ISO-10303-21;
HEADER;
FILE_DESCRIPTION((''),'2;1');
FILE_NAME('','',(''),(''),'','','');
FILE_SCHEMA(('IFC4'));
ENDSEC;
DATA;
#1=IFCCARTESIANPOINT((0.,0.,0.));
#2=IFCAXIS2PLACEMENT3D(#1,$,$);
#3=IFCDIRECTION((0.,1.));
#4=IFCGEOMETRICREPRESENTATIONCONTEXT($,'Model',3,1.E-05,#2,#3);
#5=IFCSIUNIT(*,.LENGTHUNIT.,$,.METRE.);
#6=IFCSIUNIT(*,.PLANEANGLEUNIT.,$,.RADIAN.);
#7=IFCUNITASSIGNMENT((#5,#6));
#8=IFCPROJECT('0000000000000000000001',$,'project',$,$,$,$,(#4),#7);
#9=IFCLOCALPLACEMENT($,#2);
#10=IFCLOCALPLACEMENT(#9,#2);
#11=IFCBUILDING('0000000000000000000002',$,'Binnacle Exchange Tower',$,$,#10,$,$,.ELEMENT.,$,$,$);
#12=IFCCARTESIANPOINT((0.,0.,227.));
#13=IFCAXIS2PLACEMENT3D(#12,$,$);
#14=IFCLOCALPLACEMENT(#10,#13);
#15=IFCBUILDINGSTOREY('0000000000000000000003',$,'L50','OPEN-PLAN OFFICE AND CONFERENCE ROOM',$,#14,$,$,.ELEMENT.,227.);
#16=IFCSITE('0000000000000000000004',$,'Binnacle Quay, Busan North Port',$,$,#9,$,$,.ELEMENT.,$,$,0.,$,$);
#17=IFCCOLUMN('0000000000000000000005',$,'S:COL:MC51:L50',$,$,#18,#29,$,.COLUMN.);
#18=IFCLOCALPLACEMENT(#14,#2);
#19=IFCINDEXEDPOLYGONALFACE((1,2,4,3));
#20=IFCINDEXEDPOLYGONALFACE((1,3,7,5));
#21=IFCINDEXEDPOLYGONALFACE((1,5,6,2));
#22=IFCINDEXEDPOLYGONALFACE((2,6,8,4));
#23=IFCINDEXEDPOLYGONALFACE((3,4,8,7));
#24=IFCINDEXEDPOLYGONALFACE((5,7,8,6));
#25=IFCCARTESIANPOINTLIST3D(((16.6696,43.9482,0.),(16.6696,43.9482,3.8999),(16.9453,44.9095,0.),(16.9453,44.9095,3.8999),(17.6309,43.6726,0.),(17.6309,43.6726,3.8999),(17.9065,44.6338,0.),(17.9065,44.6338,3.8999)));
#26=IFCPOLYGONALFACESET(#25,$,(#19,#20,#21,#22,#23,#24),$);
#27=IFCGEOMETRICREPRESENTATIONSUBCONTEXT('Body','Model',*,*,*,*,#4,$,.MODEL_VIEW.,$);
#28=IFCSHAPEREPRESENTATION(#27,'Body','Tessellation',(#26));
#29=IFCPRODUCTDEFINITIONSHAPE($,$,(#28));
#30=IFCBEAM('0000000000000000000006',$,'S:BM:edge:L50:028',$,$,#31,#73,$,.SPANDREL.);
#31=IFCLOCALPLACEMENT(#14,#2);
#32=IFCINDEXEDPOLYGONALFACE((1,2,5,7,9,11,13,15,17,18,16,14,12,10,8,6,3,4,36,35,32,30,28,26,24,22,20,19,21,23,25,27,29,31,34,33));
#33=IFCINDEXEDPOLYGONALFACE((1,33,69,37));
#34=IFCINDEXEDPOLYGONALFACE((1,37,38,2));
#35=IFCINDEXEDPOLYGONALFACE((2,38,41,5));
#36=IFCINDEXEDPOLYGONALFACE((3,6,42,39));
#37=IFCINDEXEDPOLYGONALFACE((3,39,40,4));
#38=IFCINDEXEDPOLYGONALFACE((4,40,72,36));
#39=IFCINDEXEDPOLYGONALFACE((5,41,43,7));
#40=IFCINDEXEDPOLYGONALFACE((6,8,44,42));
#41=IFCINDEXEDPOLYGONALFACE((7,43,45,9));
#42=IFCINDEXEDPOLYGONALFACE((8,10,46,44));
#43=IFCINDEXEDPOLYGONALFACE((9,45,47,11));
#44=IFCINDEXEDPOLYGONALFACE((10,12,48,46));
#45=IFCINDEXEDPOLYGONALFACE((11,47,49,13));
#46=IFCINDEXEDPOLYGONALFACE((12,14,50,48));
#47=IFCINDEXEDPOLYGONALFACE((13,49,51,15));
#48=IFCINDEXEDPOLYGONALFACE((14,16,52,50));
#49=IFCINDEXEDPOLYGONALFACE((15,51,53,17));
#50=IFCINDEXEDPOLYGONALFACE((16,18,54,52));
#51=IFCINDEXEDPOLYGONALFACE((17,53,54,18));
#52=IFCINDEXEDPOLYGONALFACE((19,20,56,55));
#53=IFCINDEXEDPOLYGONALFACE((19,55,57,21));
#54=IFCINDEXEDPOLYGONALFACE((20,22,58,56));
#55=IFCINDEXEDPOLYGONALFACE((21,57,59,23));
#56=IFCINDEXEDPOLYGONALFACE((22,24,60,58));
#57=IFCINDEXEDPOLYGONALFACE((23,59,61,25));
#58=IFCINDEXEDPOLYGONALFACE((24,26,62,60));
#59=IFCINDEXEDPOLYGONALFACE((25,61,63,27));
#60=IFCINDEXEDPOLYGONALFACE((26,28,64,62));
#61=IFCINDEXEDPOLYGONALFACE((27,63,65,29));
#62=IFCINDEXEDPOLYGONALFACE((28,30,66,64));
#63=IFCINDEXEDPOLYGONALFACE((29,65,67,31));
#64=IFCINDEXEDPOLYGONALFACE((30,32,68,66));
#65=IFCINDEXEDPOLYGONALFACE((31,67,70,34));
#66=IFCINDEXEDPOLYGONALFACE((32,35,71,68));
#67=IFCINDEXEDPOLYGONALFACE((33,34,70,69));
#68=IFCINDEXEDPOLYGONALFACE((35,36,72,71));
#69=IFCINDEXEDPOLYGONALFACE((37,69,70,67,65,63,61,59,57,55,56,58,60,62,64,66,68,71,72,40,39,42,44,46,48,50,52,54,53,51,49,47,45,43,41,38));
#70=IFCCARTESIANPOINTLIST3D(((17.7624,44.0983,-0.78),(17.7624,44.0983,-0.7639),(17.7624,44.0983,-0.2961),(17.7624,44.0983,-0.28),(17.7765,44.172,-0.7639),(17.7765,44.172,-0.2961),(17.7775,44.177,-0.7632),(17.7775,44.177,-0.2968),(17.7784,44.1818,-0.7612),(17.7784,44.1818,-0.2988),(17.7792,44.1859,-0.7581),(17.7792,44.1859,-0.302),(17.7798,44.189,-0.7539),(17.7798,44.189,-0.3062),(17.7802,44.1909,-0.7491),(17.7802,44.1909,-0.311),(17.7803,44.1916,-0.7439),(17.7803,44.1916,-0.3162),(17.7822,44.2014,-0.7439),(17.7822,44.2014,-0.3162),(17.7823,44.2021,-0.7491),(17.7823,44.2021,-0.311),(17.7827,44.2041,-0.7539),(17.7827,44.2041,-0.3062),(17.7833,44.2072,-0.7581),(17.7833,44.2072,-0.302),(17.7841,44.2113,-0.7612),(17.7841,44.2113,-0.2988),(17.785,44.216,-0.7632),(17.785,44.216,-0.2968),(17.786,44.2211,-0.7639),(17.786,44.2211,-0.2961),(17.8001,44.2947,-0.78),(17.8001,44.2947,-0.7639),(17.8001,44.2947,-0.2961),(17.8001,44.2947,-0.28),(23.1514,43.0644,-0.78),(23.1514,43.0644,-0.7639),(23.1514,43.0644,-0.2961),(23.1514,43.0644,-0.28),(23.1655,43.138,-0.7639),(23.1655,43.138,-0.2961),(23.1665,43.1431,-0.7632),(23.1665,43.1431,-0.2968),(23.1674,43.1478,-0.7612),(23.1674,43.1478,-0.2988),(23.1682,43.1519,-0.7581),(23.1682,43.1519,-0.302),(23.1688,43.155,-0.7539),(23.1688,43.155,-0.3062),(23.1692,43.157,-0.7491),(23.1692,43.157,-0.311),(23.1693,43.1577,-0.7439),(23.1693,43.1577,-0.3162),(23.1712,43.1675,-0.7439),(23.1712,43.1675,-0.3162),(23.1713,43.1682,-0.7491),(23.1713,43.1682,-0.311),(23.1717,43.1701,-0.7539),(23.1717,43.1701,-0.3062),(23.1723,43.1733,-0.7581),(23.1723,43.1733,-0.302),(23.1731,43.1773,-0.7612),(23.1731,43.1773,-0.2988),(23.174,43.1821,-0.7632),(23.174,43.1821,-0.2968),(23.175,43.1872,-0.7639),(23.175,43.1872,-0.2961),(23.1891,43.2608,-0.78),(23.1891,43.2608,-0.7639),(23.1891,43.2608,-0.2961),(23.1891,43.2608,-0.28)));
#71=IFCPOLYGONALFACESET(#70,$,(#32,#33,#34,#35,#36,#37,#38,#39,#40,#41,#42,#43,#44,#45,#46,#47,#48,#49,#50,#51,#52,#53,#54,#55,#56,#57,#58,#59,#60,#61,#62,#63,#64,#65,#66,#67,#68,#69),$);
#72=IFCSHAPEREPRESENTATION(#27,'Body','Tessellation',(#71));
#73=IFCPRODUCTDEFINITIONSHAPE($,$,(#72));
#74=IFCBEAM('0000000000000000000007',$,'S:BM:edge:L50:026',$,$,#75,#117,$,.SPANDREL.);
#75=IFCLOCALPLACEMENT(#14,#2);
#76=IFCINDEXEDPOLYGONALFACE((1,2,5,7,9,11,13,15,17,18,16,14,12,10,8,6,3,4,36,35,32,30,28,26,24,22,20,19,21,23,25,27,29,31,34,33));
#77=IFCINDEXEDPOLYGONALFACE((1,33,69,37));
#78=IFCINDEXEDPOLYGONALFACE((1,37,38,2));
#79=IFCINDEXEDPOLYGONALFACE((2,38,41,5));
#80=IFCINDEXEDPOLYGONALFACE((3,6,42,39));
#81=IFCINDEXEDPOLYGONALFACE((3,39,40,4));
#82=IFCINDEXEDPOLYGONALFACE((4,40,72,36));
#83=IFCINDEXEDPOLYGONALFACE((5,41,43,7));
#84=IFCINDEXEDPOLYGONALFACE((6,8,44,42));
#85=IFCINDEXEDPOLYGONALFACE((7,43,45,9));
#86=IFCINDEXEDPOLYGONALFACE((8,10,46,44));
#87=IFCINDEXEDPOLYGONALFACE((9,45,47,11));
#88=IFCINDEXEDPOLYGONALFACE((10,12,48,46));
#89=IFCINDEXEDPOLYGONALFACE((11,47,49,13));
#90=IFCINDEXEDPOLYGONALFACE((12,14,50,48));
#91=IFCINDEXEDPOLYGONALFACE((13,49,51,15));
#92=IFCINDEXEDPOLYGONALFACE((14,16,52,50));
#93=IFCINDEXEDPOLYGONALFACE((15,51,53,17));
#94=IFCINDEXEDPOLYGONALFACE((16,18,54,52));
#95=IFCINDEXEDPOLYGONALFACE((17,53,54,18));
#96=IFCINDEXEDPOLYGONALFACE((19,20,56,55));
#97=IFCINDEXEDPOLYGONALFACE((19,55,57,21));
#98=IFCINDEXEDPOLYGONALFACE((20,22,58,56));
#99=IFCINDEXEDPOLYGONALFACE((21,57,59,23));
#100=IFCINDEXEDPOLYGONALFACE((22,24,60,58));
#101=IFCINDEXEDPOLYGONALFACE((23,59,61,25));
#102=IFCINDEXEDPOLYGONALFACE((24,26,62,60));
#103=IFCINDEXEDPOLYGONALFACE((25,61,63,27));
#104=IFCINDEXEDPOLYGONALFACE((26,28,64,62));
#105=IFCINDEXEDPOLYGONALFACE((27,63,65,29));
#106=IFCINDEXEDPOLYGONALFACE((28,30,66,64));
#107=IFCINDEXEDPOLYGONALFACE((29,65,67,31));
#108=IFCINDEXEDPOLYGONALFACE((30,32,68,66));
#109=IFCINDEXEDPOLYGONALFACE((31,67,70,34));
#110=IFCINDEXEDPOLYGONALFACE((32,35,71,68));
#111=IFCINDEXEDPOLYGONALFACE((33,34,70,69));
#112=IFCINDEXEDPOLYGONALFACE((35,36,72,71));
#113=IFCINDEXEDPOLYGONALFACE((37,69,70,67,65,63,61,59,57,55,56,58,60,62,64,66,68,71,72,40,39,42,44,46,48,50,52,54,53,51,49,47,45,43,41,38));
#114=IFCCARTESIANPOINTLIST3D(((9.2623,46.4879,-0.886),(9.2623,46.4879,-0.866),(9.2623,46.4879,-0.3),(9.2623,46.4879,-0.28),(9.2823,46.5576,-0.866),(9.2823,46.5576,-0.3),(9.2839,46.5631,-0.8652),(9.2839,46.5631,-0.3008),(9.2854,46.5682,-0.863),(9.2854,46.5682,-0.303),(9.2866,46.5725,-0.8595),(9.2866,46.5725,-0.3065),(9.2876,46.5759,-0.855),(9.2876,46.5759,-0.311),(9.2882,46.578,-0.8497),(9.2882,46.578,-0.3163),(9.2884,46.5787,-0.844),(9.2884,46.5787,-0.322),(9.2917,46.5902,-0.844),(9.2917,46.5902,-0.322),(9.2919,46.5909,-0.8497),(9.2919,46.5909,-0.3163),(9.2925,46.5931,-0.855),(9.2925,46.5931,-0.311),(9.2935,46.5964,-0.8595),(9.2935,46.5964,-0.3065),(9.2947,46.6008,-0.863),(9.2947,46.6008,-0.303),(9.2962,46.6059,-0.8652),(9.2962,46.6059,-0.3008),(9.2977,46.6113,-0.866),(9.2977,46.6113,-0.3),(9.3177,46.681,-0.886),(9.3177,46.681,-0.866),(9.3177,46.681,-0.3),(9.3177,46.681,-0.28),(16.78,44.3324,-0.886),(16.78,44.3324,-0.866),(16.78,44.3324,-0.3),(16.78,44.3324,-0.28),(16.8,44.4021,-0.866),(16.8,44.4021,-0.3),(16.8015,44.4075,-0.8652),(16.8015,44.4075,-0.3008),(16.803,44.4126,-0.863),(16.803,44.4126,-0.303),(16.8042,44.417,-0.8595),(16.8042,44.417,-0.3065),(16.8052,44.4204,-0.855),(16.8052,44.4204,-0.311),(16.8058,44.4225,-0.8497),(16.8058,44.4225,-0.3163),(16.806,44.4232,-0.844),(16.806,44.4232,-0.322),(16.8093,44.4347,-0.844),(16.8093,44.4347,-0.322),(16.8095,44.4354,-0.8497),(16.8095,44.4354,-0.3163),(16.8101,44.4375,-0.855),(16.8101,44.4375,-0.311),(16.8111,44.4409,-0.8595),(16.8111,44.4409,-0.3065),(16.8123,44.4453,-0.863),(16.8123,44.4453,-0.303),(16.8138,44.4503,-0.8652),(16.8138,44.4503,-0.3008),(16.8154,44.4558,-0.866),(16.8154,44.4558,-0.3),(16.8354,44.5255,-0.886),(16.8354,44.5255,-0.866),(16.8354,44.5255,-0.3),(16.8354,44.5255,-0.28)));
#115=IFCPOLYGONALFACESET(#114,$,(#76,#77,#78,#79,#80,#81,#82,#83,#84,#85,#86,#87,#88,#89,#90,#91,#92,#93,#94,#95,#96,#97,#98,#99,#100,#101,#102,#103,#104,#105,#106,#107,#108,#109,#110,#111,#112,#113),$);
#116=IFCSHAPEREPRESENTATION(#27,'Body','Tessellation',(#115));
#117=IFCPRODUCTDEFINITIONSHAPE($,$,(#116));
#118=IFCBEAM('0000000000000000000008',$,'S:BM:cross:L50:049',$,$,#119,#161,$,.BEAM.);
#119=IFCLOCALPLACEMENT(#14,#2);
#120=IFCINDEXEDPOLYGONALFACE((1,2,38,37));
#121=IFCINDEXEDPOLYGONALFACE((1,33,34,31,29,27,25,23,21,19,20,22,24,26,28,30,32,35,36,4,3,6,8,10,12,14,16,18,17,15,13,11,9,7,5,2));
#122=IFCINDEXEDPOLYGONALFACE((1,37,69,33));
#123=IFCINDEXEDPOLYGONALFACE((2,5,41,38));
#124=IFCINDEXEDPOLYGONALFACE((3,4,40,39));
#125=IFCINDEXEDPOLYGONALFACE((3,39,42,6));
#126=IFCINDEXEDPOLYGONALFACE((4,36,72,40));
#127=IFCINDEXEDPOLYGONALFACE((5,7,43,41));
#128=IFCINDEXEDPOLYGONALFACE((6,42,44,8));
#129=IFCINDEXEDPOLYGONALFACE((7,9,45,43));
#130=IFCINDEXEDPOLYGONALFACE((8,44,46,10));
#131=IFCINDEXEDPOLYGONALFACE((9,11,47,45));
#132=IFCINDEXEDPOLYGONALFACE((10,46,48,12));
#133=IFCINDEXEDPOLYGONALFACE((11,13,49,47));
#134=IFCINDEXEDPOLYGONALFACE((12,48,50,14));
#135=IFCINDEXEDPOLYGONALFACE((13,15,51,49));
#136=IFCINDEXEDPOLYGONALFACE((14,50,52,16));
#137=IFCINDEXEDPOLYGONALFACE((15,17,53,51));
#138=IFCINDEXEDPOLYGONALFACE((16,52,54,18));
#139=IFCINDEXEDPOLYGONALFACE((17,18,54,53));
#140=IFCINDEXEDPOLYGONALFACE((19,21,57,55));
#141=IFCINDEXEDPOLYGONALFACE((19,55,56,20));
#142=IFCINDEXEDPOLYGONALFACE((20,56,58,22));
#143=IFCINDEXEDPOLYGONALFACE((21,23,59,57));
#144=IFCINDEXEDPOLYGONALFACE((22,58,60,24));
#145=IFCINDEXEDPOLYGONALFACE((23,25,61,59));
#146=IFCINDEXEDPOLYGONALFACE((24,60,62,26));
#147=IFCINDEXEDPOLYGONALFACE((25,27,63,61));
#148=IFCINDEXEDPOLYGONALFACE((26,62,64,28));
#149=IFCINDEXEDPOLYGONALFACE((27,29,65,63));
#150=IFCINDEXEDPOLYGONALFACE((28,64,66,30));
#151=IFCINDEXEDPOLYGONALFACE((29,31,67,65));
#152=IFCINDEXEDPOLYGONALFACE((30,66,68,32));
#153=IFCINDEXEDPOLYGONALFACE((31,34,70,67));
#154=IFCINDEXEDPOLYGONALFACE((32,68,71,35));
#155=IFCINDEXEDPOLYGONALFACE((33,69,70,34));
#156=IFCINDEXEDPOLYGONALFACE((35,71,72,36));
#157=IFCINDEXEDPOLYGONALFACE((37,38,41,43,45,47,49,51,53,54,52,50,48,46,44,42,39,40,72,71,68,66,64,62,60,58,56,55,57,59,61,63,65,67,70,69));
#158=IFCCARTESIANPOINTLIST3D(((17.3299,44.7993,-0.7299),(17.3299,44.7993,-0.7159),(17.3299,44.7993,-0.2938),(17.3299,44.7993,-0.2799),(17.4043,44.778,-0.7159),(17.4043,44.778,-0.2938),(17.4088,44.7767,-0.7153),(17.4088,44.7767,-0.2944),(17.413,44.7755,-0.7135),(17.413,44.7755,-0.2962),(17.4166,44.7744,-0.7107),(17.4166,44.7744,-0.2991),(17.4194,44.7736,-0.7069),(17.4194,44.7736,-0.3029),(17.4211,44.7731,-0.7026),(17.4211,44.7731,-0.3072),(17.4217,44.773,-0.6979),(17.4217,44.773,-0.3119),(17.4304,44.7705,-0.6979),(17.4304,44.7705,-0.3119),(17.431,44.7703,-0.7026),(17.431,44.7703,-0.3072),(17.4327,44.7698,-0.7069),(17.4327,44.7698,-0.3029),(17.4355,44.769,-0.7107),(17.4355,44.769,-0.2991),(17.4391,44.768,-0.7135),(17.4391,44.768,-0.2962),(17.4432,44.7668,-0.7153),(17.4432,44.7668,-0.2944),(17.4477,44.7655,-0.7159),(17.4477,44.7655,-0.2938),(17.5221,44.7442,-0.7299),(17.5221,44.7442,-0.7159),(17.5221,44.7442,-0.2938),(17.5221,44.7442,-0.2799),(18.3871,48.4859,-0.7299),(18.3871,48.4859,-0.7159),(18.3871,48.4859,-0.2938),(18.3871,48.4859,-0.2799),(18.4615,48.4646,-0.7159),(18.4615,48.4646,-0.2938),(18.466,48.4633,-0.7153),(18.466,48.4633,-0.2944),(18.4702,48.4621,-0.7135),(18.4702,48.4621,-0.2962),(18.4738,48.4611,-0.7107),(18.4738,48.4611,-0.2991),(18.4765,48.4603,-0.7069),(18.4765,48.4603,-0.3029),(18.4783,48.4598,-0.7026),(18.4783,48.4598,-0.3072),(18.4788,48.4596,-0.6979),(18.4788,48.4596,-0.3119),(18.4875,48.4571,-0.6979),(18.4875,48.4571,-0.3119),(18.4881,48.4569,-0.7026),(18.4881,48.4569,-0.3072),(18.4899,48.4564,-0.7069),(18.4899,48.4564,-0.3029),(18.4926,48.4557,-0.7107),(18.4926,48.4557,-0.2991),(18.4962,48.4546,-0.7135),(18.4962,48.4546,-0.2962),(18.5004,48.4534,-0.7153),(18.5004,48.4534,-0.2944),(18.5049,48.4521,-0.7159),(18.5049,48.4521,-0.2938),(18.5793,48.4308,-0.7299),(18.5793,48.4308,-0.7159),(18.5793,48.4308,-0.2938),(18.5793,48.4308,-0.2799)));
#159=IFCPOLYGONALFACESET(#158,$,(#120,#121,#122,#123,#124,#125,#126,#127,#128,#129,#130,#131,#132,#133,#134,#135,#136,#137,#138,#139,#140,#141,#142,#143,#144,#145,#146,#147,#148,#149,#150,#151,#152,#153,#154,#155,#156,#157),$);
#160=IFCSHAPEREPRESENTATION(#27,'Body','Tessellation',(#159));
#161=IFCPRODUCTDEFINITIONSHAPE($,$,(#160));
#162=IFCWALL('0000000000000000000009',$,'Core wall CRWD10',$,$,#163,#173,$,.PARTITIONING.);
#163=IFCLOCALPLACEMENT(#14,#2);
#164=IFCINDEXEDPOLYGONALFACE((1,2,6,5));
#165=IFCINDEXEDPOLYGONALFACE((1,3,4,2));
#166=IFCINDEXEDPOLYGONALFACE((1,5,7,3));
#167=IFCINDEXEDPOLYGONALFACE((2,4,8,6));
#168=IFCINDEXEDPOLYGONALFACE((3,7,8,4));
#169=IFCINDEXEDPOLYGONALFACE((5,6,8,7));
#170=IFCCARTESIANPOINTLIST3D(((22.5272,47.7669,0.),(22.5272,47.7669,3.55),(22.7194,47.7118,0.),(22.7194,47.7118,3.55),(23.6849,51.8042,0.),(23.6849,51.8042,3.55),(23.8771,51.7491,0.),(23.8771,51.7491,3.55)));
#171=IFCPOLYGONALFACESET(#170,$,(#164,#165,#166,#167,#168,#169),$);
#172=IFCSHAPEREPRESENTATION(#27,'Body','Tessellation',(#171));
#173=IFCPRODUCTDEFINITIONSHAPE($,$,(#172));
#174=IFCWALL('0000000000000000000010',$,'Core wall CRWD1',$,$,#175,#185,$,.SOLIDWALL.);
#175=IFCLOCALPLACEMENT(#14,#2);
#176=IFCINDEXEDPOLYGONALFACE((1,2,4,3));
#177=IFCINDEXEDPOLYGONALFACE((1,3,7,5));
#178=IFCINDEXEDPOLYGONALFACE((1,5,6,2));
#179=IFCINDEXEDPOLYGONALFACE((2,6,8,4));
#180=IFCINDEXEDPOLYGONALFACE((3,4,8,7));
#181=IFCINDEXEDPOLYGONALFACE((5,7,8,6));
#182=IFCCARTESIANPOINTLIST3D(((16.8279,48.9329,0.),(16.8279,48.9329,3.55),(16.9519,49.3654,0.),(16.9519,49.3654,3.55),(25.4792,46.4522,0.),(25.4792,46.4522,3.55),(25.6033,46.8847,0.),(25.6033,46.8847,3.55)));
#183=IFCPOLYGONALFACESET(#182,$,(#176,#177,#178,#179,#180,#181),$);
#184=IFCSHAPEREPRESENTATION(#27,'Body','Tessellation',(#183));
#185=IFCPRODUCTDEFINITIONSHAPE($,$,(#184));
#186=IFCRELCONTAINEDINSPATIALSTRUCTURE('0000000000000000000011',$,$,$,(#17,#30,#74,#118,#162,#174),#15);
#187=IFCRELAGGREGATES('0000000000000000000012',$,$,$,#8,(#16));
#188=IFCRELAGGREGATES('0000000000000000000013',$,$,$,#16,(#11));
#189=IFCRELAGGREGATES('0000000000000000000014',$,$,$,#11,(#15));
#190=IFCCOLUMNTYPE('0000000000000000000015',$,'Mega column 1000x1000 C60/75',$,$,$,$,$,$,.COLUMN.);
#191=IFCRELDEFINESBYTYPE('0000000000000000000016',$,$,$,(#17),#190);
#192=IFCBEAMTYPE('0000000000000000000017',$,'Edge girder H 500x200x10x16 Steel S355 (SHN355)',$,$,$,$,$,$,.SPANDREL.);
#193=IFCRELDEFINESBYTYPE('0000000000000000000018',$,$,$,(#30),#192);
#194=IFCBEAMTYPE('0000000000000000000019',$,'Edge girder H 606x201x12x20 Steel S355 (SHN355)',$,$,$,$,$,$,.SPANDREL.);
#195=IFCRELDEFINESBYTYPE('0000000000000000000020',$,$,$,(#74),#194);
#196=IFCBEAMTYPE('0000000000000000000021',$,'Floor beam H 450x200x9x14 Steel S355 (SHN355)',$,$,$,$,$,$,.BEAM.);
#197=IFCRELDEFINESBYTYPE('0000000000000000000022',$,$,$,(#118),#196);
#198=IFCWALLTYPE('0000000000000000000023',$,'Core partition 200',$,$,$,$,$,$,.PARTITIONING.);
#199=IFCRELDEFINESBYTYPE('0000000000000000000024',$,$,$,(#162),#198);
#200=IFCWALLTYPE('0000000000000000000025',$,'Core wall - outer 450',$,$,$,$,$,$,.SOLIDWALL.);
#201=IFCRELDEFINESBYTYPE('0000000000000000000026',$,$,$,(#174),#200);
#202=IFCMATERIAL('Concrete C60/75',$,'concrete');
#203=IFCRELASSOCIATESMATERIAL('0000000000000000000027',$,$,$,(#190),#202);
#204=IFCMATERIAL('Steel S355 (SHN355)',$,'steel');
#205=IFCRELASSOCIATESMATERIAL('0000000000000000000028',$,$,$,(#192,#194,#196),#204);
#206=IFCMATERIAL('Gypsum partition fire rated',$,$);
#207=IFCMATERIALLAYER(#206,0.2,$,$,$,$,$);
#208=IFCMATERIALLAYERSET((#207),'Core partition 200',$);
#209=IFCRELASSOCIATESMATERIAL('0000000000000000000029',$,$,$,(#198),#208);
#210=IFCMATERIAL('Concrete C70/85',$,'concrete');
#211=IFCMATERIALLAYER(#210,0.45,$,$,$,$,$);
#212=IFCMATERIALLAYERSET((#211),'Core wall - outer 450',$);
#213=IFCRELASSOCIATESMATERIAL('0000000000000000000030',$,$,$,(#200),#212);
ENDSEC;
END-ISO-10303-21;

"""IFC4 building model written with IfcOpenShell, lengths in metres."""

from ifc_helpers import new_model, si_unit, direction, frame, frame_2d, origin, origin_2d, place, context, subcontext, project, spatial, rectangle, i_section, extrude, material, layer, layer_set, material_profile, profile_set, type_object, element, save


model = new_model("IFC4")

# Units and contexts
model_context = context("Model", 3, precision=1e-05, world=origin(), true_north=direction((0.0, 1.0)))
body_context = subcontext(model_context, "Body", "Model", "MODEL_VIEW")
ifc_project = project(units=[si_unit("LENGTHUNIT", "METRE"), si_unit("PLANEANGLEUNIT", "RADIAN")], contexts=[model_context])

# Site, building, storey
site_placement = place(None, origin())
site = spatial("IfcSite", under=ifc_project, at=site_placement, Name="Binnacle Quay, Busan North Port", CompositionType="ELEMENT", RefElevation=0.0)
building_placement = place(site_placement, origin())
building = spatial("IfcBuilding", under=site, at=building_placement, Name="Binnacle Exchange Tower", CompositionType="ELEMENT")
storey_placement = place(building_placement, frame((0.0, 0.0, 227.0)))
storey = spatial("IfcBuildingStorey", under=building, at=storey_placement, Name="L50", Description="OPEN-PLAN OFFICE AND CONFERENCE ROOM", CompositionType="ELEMENT", Elevation=227.0)

# Column
ifc_material_1 = material(Name="Concrete C60/75", Category="concrete")
ifc_material_profile_1 = material_profile(ifc_material_1, rectangle(XDim=1.0, YDim=1.0, at=origin_2d()), Name="Mega column 1000x1000 C60/75")
ifc_profile_set_1 = profile_set([ifc_material_profile_1], Name="Concrete C60/75")
column_type = type_object("IfcColumnType", Name="Mega column 1000x1000 C60/75", PredefinedType="COLUMN", material=ifc_profile_set_1)
column_placement = place(storey_placement, frame((17.2881, 44.291, 0.0), z_axis=(0.0, 0.0, 1.0), x_axis=(0.961262, -0.275637, 0.0)))
element("IfcColumn", 1, at=column_placement, inside=storey, type_object=column_type, Name="S:COL:MC51:L50", PredefinedType="COLUMN", context=body_context, shape_type="SweptSolid", body=[
    extrude(rectangle(XDim=1.0, YDim=1.0, at=origin_2d()), origin(), (0.0, 0.0, 1.0), 3.8999),
])

# Beams
ifc_material_2 = material(Name="Steel S355 (SHN355)", Category="steel")
ifc_material_profile_2 = material_profile(ifc_material_2, i_section(OverallWidth=0.2, OverallDepth=0.5, WebThickness=0.01, FlangeThickness=0.0161, FilletRadius=0.02, at=origin_2d()), Name="H 500x200x10x16")
ifc_profile_set_2 = profile_set([ifc_material_profile_2], Name="Steel S355 (SHN355)")
beam_type_1 = type_object("IfcBeamType", Name="Edge girder H 500x200x10x16 Steel S355 (SHN355)", PredefinedType="SPANDREL", material=ifc_profile_set_2)
beam_1_placement = place(storey_placement, frame((17.7812, 44.1965, -0.53), z_axis=(0.982087, -0.188427, 0.0), x_axis=(0.188427, 0.982087, 0.0)))
element("IfcBeam", 2, at=beam_1_placement, inside=storey, type_object=beam_type_1, Name="S:BM:edge:L50:028", PredefinedType="SPANDREL", context=body_context, shape_type="SweptSolid", body=[
    extrude(i_section(OverallWidth=0.2, OverallDepth=0.5, WebThickness=0.01, FlangeThickness=0.0161, FilletRadius=0.02, at=origin_2d()), origin(), (0.0, 0.0, 1.0), 5.4873),
])
ifc_material_profile_3 = material_profile(ifc_material_2, i_section(OverallWidth=0.2009, OverallDepth=0.606, WebThickness=0.012, FlangeThickness=0.02, FilletRadius=0.022, at=origin_2d()), Name="H 606x201x12x20")
ifc_profile_set_3 = profile_set([ifc_material_profile_3], Name="Steel S355 (SHN355)")
beam_type_2 = type_object("IfcBeamType", Name="Edge girder H 606x201x12x20 Steel S355 (SHN355)", PredefinedType="SPANDREL", material=ifc_profile_set_3)
beam_2_placement = place(storey_placement, frame((9.29, 46.5845, -0.583), z_axis=(0.961266, -0.275624, 0.0), x_axis=(0.275624, 0.961266, 0.0)))
element("IfcBeam", 3, at=beam_2_placement, inside=storey, type_object=beam_type_2, Name="S:BM:edge:L50:026", PredefinedType="SPANDREL", context=body_context, shape_type="SweptSolid", body=[
    extrude(i_section(OverallWidth=0.2009, OverallDepth=0.606, WebThickness=0.012, FlangeThickness=0.02, FilletRadius=0.022, at=origin_2d()), origin(), (0.0, 0.0, 1.0), 7.8206),
])
ifc_material_profile_4 = material_profile(ifc_material_2, i_section(OverallWidth=0.2, OverallDepth=0.45, WebThickness=0.009, FlangeThickness=0.0139, FilletRadius=0.0181, at=origin_2d()), Name="H 450x200x9x14")
ifc_profile_set_4 = profile_set([ifc_material_profile_4], Name="Steel S355 (SHN355)")
beam_type_3 = type_object("IfcBeamType", Name="Floor beam H 450x200x9x14 Steel S355 (SHN355)", PredefinedType="BEAM", material=ifc_profile_set_4)
beam_3_placement = place(storey_placement, frame((17.426, 44.7717, -0.5049), z_axis=(0.275646, 0.961259, 0.0), x_axis=(-0.961259, 0.275646, 0.0)))
element("IfcBeam", 4, at=beam_3_placement, inside=storey, type_object=beam_type_3, Name="S:BM:cross:L50:049", PredefinedType="BEAM", context=body_context, shape_type="SweptSolid", body=[
    extrude(i_section(OverallWidth=0.2, OverallDepth=0.45, WebThickness=0.009, FlangeThickness=0.0139, FilletRadius=0.0181, at=origin_2d()), origin(), (0.0, 0.0, 1.0), 3.8352),
])

# Walls
ifc_material_3 = material(Name="Gypsum partition fire rated")
ifc_layer_1 = layer(ifc_material_3, 0.2)
ifc_layer_set_1 = layer_set([ifc_layer_1], Name="Core partition 200")
wall_type_1 = type_object("IfcWallType", Name="Core partition 200", PredefinedType="PARTITIONING", material=ifc_layer_set_1)
wall_1_placement = place(storey_placement, frame((22.6233, 47.7393, 0.0), z_axis=(0.0, 0.0, 1.0), x_axis=(0.275642, 0.96126, 0.0)))
element("IfcWall", 5, at=wall_1_placement, inside=storey, type_object=wall_type_1, Name="Core wall CRWD10", PredefinedType="PARTITIONING", context=body_context, shape_type="SweptSolid", body=[
    extrude(rectangle(XDim=4.2, YDim=0.2, at=frame_2d((2.1001, 0.0))), origin(), (0.0, 0.0, 1.0), 3.55),
])
ifc_material_4 = material(Name="Concrete C70/85", Category="concrete")
ifc_layer_2 = layer(ifc_material_4, 0.45)
ifc_layer_set_2 = layer_set([ifc_layer_2], Name="Core wall - outer 450")
wall_type_2 = type_object("IfcWallType", Name="Core wall - outer 450", PredefinedType="SOLIDWALL", material=ifc_layer_set_2)
wall_2_placement = place(storey_placement, frame((16.8899, 49.1492, 0.0), z_axis=(0.0, 0.0, 1.0), x_axis=(0.961262, -0.275635, 0.0)))
element("IfcWall", 6, at=wall_2_placement, inside=storey, type_object=wall_type_2, Name="Core wall CRWD1", PredefinedType="SOLIDWALL", context=body_context, shape_type="SweptSolid", body=[
    extrude(rectangle(XDim=9.0, YDim=0.45, at=frame_2d((4.5, 0.0))), origin(), (0.0, 0.0, 1.0), 3.55),
])

save(model, "model.ifc")
